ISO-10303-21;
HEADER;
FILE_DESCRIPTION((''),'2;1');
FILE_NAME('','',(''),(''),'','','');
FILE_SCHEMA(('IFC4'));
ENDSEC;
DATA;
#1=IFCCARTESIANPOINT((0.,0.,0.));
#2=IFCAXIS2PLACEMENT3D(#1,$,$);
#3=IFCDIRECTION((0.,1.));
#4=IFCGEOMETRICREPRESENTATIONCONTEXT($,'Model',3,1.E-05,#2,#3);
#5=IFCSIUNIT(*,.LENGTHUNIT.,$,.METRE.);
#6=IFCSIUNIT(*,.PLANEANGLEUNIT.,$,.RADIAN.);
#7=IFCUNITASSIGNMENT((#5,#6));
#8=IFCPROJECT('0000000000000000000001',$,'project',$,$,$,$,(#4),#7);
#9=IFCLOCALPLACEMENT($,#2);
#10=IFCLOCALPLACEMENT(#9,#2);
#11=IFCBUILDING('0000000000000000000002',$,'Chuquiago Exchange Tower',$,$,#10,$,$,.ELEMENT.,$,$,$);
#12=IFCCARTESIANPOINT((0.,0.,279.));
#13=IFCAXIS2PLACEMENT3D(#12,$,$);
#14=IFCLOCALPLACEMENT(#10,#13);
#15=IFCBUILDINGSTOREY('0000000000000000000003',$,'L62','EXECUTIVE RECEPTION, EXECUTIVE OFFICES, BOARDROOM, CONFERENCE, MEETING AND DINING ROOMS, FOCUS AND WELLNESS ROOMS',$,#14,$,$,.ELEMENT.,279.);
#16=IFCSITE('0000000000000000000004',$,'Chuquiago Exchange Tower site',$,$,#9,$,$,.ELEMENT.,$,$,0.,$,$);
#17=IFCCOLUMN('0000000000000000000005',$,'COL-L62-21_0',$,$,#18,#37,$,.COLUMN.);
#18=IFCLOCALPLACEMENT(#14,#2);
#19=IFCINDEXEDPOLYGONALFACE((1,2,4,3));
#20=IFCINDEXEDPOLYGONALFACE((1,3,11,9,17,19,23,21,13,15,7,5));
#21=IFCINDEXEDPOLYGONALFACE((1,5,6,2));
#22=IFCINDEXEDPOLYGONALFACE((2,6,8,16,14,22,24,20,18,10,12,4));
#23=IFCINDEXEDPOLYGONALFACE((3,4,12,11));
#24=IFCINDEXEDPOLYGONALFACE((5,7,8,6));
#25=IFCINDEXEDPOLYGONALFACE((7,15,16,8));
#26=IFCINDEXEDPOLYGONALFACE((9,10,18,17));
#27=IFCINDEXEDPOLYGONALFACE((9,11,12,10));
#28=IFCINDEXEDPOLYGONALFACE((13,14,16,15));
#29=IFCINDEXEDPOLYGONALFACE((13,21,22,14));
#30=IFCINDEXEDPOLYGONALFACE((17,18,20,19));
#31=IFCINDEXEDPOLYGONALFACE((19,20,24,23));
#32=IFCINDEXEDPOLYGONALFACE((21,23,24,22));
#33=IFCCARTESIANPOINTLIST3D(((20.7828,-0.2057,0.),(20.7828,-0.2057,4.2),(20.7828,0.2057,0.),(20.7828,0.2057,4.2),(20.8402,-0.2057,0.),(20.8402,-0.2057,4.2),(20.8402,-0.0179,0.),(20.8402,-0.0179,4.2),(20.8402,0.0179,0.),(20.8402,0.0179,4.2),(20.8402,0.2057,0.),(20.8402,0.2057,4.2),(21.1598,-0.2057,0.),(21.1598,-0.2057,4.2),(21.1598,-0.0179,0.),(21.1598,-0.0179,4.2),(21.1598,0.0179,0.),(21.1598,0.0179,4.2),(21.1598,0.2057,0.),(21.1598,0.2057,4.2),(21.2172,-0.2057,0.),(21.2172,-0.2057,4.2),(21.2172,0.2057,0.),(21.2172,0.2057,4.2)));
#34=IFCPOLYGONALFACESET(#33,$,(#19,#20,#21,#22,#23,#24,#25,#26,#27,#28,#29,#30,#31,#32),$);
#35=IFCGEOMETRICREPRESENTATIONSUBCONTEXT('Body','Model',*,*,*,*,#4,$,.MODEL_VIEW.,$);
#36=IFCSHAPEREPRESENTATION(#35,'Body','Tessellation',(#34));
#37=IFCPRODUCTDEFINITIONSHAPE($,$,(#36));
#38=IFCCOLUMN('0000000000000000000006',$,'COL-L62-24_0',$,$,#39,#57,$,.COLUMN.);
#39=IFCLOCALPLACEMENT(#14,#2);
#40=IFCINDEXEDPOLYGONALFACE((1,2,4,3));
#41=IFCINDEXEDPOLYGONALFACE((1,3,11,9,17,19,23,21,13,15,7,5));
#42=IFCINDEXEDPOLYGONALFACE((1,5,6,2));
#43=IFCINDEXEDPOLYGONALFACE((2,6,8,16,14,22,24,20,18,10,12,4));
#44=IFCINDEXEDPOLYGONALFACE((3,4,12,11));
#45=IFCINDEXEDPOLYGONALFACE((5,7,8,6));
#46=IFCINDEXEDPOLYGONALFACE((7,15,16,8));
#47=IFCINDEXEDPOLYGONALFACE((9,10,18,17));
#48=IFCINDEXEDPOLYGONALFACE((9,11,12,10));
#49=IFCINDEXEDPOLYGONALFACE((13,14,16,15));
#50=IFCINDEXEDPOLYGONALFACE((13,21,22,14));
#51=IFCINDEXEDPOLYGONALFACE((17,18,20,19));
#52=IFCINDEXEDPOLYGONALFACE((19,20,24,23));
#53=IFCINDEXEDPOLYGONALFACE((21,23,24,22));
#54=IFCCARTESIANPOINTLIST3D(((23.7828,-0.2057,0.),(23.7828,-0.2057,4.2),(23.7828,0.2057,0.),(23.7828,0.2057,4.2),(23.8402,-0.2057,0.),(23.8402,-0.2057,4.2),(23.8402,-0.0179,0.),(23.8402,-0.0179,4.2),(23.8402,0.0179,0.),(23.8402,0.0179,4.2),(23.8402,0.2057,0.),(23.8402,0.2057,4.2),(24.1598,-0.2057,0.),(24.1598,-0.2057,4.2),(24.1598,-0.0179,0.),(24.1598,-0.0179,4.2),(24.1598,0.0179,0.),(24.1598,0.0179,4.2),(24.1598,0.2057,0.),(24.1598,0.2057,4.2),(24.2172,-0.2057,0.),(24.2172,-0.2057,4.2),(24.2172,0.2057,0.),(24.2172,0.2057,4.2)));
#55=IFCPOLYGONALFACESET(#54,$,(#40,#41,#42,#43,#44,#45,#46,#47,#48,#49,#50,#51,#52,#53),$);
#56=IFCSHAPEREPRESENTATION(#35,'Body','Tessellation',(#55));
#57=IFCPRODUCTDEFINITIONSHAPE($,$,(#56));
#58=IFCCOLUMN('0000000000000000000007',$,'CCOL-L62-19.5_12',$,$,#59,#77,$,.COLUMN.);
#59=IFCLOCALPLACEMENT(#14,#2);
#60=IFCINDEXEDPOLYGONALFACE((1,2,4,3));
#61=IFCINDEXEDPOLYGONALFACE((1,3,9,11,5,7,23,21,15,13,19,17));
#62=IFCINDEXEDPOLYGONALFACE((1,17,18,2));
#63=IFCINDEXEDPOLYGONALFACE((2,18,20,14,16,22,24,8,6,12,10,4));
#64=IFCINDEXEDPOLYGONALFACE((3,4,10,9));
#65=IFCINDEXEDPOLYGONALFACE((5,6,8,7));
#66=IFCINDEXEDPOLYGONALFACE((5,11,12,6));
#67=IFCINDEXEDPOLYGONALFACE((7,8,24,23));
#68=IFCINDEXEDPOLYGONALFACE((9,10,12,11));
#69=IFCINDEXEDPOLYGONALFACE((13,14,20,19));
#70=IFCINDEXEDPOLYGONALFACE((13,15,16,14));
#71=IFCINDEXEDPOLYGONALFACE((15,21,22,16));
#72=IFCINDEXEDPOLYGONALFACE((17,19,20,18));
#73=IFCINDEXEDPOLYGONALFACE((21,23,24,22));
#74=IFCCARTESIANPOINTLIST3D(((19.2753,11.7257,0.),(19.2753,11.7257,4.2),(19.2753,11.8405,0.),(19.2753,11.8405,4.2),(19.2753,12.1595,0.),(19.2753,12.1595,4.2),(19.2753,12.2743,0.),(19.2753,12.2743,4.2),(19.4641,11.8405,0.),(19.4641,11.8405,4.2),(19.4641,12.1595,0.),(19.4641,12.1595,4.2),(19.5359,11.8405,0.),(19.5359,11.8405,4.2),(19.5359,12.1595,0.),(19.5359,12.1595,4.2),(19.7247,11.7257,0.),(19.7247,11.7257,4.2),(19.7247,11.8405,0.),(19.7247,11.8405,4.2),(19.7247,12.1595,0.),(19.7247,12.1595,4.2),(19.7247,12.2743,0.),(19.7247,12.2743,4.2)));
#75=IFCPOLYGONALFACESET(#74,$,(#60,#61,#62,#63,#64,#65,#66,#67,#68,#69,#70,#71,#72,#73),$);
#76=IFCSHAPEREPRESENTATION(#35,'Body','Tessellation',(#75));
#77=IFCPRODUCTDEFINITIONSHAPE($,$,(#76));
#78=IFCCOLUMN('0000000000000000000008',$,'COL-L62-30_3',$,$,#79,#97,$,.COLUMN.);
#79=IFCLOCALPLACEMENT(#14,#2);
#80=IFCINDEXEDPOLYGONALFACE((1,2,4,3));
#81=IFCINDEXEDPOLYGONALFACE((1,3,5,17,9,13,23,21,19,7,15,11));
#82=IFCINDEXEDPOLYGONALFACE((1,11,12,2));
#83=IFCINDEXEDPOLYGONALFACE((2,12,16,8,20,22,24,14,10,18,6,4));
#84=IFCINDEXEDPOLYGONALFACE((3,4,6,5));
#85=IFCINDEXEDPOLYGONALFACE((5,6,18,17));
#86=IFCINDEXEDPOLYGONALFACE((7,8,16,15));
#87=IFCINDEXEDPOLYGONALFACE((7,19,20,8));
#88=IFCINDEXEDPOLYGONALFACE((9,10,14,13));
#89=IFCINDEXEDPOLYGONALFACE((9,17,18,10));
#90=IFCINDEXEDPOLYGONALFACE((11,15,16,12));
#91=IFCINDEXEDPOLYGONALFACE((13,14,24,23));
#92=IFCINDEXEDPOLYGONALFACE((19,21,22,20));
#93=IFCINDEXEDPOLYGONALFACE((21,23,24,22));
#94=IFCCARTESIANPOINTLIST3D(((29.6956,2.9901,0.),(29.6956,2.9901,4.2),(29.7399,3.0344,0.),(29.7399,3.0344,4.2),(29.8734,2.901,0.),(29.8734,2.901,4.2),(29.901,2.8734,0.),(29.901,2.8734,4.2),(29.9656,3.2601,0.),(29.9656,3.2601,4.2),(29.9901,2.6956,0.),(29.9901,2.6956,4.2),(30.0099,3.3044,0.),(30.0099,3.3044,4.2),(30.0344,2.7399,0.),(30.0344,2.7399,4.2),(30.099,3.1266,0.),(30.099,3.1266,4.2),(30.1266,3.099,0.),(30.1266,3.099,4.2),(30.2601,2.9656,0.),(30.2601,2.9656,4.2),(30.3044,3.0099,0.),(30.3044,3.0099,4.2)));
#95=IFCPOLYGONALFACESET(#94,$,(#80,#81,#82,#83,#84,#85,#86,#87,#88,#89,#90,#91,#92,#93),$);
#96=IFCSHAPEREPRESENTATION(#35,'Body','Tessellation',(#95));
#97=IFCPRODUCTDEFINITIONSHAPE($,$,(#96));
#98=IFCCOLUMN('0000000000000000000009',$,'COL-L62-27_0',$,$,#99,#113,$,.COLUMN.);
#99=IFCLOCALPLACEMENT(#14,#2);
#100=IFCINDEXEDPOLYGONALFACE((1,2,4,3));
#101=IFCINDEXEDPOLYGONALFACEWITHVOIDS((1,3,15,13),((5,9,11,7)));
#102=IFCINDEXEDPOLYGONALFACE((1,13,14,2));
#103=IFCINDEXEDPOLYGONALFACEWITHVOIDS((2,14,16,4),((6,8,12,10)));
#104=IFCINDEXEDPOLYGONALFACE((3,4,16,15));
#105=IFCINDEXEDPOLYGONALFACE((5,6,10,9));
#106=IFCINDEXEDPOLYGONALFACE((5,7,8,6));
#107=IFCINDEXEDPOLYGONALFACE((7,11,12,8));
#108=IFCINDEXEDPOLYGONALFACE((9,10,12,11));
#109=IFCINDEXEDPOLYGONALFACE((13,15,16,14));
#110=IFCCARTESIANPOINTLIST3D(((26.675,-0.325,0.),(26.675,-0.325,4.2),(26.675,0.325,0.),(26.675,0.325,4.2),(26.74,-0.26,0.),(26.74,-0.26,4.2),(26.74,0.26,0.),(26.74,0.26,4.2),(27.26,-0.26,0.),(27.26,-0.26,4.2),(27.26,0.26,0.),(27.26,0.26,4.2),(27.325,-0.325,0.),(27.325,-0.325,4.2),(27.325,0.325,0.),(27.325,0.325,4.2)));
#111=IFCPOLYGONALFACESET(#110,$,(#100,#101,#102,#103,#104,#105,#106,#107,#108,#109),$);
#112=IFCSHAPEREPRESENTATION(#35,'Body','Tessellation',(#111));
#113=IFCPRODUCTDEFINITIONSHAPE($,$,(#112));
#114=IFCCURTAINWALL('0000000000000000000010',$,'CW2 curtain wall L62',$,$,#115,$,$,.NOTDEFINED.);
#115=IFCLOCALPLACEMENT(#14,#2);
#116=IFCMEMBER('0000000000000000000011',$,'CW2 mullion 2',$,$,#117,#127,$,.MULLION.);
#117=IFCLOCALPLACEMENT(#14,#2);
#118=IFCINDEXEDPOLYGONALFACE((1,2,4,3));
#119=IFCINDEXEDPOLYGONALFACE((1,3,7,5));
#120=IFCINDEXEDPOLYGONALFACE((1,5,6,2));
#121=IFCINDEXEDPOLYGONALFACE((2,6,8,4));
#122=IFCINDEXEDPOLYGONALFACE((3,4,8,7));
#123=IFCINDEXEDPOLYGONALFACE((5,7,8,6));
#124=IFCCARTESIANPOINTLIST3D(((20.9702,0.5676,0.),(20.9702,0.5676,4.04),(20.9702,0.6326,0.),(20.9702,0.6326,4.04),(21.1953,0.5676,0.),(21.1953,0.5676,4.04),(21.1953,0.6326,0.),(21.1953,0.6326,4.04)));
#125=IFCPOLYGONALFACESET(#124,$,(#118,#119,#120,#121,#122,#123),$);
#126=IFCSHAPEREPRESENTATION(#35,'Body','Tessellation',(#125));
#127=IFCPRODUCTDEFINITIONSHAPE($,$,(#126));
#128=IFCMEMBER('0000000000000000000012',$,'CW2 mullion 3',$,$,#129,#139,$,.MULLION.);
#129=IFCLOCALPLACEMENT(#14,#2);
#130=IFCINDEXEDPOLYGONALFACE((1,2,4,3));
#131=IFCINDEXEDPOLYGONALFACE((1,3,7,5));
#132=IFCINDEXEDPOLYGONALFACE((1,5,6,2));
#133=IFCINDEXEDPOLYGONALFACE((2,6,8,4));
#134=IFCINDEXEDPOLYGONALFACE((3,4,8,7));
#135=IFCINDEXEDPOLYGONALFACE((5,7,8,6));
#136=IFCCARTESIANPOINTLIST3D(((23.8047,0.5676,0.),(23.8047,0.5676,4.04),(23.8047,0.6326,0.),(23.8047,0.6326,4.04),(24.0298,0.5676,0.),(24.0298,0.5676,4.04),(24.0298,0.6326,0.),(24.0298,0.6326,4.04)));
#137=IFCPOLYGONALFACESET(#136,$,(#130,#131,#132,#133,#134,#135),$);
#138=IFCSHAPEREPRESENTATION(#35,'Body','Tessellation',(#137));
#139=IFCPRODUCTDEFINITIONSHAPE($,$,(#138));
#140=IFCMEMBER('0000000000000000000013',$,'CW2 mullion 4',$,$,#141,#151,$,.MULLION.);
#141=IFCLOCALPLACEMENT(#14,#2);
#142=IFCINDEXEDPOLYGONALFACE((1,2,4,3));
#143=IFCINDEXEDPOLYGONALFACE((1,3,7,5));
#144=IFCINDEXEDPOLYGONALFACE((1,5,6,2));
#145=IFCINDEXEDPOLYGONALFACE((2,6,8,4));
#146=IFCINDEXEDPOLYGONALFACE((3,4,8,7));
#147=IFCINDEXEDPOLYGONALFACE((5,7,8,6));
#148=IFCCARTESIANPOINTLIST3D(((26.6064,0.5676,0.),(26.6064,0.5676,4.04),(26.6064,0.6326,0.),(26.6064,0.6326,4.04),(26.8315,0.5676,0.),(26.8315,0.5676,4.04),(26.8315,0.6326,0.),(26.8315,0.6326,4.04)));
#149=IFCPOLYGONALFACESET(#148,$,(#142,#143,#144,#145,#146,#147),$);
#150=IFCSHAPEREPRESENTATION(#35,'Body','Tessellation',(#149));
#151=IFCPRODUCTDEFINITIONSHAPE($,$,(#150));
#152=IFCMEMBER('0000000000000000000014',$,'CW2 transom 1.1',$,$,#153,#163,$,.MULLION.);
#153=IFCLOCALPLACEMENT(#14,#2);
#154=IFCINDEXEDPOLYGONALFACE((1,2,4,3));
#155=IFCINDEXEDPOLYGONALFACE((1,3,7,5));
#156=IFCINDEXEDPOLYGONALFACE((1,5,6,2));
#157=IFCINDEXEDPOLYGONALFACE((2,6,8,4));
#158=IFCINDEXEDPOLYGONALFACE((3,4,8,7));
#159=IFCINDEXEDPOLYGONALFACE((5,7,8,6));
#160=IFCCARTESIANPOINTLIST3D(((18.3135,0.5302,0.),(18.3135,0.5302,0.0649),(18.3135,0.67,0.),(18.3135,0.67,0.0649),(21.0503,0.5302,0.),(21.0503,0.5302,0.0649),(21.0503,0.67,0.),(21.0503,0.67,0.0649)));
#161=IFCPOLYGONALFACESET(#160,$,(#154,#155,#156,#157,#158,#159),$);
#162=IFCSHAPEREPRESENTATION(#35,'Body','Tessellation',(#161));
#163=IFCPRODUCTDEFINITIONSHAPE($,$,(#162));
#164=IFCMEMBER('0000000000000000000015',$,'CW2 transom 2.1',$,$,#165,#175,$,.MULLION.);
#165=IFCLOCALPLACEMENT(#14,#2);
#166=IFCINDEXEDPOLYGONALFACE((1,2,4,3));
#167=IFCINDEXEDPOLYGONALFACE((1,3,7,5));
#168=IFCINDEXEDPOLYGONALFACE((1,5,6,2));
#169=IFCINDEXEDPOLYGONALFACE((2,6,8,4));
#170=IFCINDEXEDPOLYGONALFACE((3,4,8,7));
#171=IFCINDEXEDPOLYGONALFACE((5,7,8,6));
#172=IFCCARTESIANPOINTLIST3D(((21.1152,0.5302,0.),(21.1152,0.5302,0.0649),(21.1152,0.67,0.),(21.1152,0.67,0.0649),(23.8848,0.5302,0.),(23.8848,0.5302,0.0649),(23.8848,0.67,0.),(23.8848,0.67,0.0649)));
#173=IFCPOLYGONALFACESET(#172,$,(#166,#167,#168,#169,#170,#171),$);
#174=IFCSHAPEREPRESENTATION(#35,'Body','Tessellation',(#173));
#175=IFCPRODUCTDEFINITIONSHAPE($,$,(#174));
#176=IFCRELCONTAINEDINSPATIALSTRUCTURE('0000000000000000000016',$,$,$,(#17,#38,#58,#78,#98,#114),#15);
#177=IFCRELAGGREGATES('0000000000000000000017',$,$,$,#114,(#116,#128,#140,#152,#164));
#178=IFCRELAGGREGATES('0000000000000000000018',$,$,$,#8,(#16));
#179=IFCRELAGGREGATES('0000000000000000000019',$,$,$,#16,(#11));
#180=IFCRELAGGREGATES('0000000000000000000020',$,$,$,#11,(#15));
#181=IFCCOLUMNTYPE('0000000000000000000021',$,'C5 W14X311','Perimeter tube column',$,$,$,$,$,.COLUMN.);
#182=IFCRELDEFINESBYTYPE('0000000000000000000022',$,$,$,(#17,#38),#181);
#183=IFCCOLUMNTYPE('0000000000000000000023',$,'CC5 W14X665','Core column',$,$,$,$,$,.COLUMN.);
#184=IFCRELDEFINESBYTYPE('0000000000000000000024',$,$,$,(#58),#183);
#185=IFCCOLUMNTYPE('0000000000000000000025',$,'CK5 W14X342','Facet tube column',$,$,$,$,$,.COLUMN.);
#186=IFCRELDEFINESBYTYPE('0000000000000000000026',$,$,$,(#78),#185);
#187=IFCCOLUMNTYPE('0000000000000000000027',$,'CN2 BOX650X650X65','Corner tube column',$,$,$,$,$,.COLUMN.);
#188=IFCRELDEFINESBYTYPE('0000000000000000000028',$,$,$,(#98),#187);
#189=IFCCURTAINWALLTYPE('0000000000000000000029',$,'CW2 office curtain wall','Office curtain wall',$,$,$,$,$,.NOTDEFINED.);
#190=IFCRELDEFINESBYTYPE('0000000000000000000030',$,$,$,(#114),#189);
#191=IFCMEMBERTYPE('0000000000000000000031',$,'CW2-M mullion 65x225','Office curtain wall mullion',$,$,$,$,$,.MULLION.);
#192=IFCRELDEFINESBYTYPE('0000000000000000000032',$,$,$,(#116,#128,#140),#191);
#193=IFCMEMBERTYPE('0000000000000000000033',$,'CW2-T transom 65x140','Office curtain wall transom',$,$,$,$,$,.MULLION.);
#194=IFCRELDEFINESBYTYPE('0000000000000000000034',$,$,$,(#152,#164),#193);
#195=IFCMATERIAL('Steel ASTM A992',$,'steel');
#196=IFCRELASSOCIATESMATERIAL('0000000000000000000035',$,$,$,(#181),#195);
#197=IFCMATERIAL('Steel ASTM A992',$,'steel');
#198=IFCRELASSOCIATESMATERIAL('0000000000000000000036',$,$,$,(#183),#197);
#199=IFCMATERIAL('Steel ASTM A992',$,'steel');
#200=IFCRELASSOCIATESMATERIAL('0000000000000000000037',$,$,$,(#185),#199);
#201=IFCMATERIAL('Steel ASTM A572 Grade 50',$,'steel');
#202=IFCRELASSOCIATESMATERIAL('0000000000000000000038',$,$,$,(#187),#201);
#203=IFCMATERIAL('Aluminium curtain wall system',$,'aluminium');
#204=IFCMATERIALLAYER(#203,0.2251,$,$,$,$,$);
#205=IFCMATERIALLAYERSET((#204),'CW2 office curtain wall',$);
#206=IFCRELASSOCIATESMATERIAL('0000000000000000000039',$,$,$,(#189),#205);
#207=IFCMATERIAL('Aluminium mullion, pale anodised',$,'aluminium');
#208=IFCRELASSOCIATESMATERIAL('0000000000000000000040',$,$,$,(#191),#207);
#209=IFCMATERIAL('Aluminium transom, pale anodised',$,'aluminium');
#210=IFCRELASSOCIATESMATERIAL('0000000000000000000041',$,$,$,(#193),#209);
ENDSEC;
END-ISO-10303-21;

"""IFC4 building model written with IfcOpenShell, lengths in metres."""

from ifc_helpers import new_model, si_unit, direction, frame, origin, origin_2d, place, context, subcontext, project, spatial, rectangle, hollow_rectangle, i_section, extrude, material, layer, layer_set, material_profile, profile_set, type_object, element, aggregate, save


model = new_model("IFC4")

# Units and contexts
model_context = context("Model", 3, precision=1e-05, world=origin(), true_north=direction((0.0, 1.0)))
body_context = subcontext(model_context, "Body", "Model", "MODEL_VIEW")
ifc_project = project(units=[si_unit("LENGTHUNIT", "METRE"), si_unit("PLANEANGLEUNIT", "RADIAN")], contexts=[model_context])

# Site, building, storey
site_placement = place(None, origin())
site = spatial("IfcSite", under=ifc_project, at=site_placement, Name="Chuquiago Exchange Tower site", CompositionType="ELEMENT", RefElevation=0.0)
building_placement = place(site_placement, origin())
building = spatial("IfcBuilding", under=site, at=building_placement, Name="Chuquiago Exchange Tower", CompositionType="ELEMENT")
storey_placement = place(building_placement, frame((0.0, 0.0, 279.0)))
storey = spatial("IfcBuildingStorey", under=building, at=storey_placement, Name="L62", Description="EXECUTIVE RECEPTION, EXECUTIVE OFFICES, BOARDROOM, CONFERENCE, MEETING AND DINING ROOMS, FOCUS AND WELLNESS ROOMS", CompositionType="ELEMENT", Elevation=279.0)

# Columns
ifc_material_1 = material(Name="Steel ASTM A992", Category="steel")
ifc_material_profile_1 = material_profile(ifc_material_1, i_section(OverallWidth=0.4114, OverallDepth=0.4343, WebThickness=0.0359, FlangeThickness=0.0574, at=origin_2d()), Name="W14X311")
ifc_profile_set_1 = profile_set([ifc_material_profile_1], Name="Steel ASTM A992")
column_type_1 = type_object("IfcColumnType", Name="C5 W14X311", Description="Perimeter tube column", PredefinedType="COLUMN", material=ifc_profile_set_1)
for number, where, z_axis, x_axis, name in (
    (1, (21.0, 0.0, 0.0), (0.0, 0.0, 1.0), (0.0, -1.0, 0.0), "COL-L62-21_0"),
    (2, (24.0, 0.0, 0.0), (0.0, 0.0, 1.0), (0.0, -1.0, 0.0), "COL-L62-24_0"),
):
    element("IfcColumn", number, at=place(storey_placement, frame(where, z_axis=z_axis, x_axis=x_axis)), inside=storey, type_object=column_type_1, Name=name, PredefinedType="COLUMN", context=body_context, shape_type="SweptSolid", body=[
        extrude(i_section(OverallWidth=0.4114, OverallDepth=0.4343, WebThickness=0.0359, FlangeThickness=0.0574, at=origin_2d()), origin(), (0.0, 0.0, 1.0), 4.2),
    ])
ifc_material_2 = material(Name="Steel ASTM A992", Category="steel")
ifc_material_profile_2 = material_profile(ifc_material_2, i_section(OverallWidth=0.4495, OverallDepth=0.5486, WebThickness=0.0718, FlangeThickness=0.1147, at=origin_2d()), Name="W14X665")
ifc_profile_set_2 = profile_set([ifc_material_profile_2], Name="Steel ASTM A992")
column_type_2 = type_object("IfcColumnType", Name="CC5 W14X665", Description="Core column", PredefinedType="COLUMN", material=ifc_profile_set_2)
column_1_placement = place(storey_placement, frame((19.5, 12.0, 0.0), z_axis=(0.0, 0.0, 1.0), x_axis=(1.0, 0.0, 0.0)))
element("IfcColumn", 3, at=column_1_placement, inside=storey, type_object=column_type_2, Name="CCOL-L62-19.5_12", PredefinedType="COLUMN", context=body_context, shape_type="SweptSolid", body=[
    extrude(i_section(OverallWidth=0.4495, OverallDepth=0.5486, WebThickness=0.0718, FlangeThickness=0.1147, at=origin_2d()), origin(), (0.0, 0.0, 1.0), 4.2),
])
ifc_material_3 = material(Name="Steel ASTM A992", Category="steel")
ifc_material_profile_3 = material_profile(ifc_material_3, i_section(OverallWidth=0.4165, OverallDepth=0.4446, WebThickness=0.0391, FlangeThickness=0.0627, at=origin_2d()), Name="W14X342")
ifc_profile_set_3 = profile_set([ifc_material_profile_3], Name="Steel ASTM A992")
column_type_3 = type_object("IfcColumnType", Name="CK5 W14X342", Description="Facet tube column", PredefinedType="COLUMN", material=ifc_profile_set_3)
column_2_placement = place(storey_placement, frame((30.0, 3.0, 0.0), z_axis=(0.0, 0.0, 1.0), x_axis=(0.707107, -0.707107, 0.0)))
element("IfcColumn", 4, at=column_2_placement, inside=storey, type_object=column_type_3, Name="COL-L62-30_3", PredefinedType="COLUMN", context=body_context, shape_type="SweptSolid", body=[
    extrude(i_section(OverallWidth=0.4165, OverallDepth=0.4446, WebThickness=0.0391, FlangeThickness=0.0627, at=origin_2d()), origin(), (0.0, 0.0, 1.0), 4.2),
])
ifc_material_4 = material(Name="Steel ASTM A572 Grade 50", Category="steel")
ifc_material_profile_4 = material_profile(ifc_material_4, hollow_rectangle(XDim=0.6499, YDim=0.6499, WallThickness=0.0649, at=origin_2d()), Name="BOX650X650X65")
ifc_profile_set_4 = profile_set([ifc_material_profile_4], Name="Steel ASTM A572 Grade 50")
column_type_4 = type_object("IfcColumnType", Name="CN2 BOX650X650X65", Description="Corner tube column", PredefinedType="COLUMN", material=ifc_profile_set_4)
column_3_placement = place(storey_placement, frame((27.0, 0.0, 0.0), z_axis=(0.0, 0.0, 1.0), x_axis=(0.0, -1.0, 0.0)))
element("IfcColumn", 5, at=column_3_placement, inside=storey, type_object=column_type_4, Name="COL-L62-27_0", PredefinedType="COLUMN", context=body_context, shape_type="SweptSolid", body=[
    extrude(hollow_rectangle(XDim=0.6499, YDim=0.6499, WallThickness=0.0649, at=origin_2d()), origin(), (0.0, 0.0, 1.0), 4.2),
])

# Curtain wall, members
ifc_material_5 = material(Name="Aluminium curtain wall system", Category="aluminium")
ifc_layer_1 = layer(ifc_material_5, 0.2251)
ifc_layer_set_1 = layer_set([ifc_layer_1], Name="CW2 office curtain wall")
curtain_wall_type_1 = type_object("IfcCurtainWallType", Name="CW2 office curtain wall", Description="Office curtain wall", PredefinedType="NOTDEFINED", material=ifc_layer_set_1)
curtain_wall_1_placement = place(storey_placement, origin())
curtain_wall_1 = element("IfcCurtainWall", 6, at=curtain_wall_1_placement, inside=storey, type_object=curtain_wall_type_1, Name="CW2 curtain wall L62", PredefinedType="NOTDEFINED")
ifc_material_6 = material(Name="Aluminium mullion, pale anodised", Category="aluminium")
ifc_material_profile_5 = material_profile(ifc_material_6, rectangle(XDim=0.0649, YDim=0.2251, at=origin_2d()), Name="AL 65x225")
ifc_profile_set_5 = profile_set([ifc_material_profile_5], Name="Aluminium mullion, pale anodised")
member_type_1 = type_object("IfcMemberType", Name="CW2-M mullion 65x225", Description="Office curtain wall mullion", PredefinedType="MULLION", material=ifc_profile_set_5)
member_1_placement = place(storey_placement, frame((21.0828, 0.6001, 0.0), z_axis=(0.0, 0.0, 1.0), x_axis=(0.0, 1.0, 0.0)))
member_1 = element("IfcMember", 7, at=member_1_placement, type_object=member_type_1, Name="CW2 mullion 2", PredefinedType="MULLION", context=body_context, shape_type="SweptSolid", body=[
    extrude(rectangle(XDim=0.0649, YDim=0.2251, at=origin_2d()), origin(), (0.0, 0.0, 1.0), 4.04),
])
member_2_placement = place(storey_placement, frame((23.9172, 0.6001, 0.0), z_axis=(0.0, 0.0, 1.0), x_axis=(0.0, 1.0, 0.0)))
member_2 = element("IfcMember", 8, at=member_2_placement, type_object=member_type_1, Name="CW2 mullion 3", PredefinedType="MULLION", context=body_context, shape_type="SweptSolid", body=[
    extrude(rectangle(XDim=0.0649, YDim=0.2251, at=origin_2d()), origin(), (0.0, 0.0, 1.0), 4.04),
])
member_3_placement = place(storey_placement, frame((26.719, 0.6001, 0.0), z_axis=(0.0, 0.0, 1.0), x_axis=(0.0, 1.0, 0.0)))
member_3 = element("IfcMember", 9, at=member_3_placement, type_object=member_type_1, Name="CW2 mullion 4", PredefinedType="MULLION", context=body_context, shape_type="SweptSolid", body=[
    extrude(rectangle(XDim=0.0649, YDim=0.2251, at=origin_2d()), origin(), (0.0, 0.0, 1.0), 4.04),
])
ifc_material_7 = material(Name="Aluminium transom, pale anodised", Category="aluminium")
ifc_material_profile_6 = material_profile(ifc_material_7, rectangle(XDim=0.1399, YDim=0.0649, at=origin_2d()), Name="AL 140x65")
ifc_profile_set_6 = profile_set([ifc_material_profile_6], Name="Aluminium transom, pale anodised")
member_type_2 = type_object("IfcMemberType", Name="CW2-T transom 65x140", Description="Office curtain wall transom", PredefinedType="MULLION", material=ifc_profile_set_6)
member_4_placement = place(storey_placement, frame((18.3135, 0.6001, 0.0325), z_axis=(1.0, 0.0, 0.0), x_axis=(0.0, 1.0, 0.0)))
member_4 = element("IfcMember", 10, at=member_4_placement, type_object=member_type_2, Name="CW2 transom 1.1", PredefinedType="MULLION", context=body_context, shape_type="SweptSolid", body=[
    extrude(rectangle(XDim=0.1399, YDim=0.0649, at=origin_2d()), origin(), (0.0, 0.0, 1.0), 2.7368),
])
member_5_placement = place(storey_placement, frame((21.1152, 0.6001, 0.0325), z_axis=(1.0, 0.0, 0.0), x_axis=(0.0, 1.0, 0.0)))
member_5 = element("IfcMember", 11, at=member_5_placement, type_object=member_type_2, Name="CW2 transom 2.1", PredefinedType="MULLION", context=body_context, shape_type="SweptSolid", body=[
    extrude(rectangle(XDim=0.1399, YDim=0.0649, at=origin_2d()), origin(), (0.0, 0.0, 1.0), 2.7695),
])

aggregate(curtain_wall_1, [member_1, member_2, member_3, member_4, member_5])

save(model, "model.ifc")
